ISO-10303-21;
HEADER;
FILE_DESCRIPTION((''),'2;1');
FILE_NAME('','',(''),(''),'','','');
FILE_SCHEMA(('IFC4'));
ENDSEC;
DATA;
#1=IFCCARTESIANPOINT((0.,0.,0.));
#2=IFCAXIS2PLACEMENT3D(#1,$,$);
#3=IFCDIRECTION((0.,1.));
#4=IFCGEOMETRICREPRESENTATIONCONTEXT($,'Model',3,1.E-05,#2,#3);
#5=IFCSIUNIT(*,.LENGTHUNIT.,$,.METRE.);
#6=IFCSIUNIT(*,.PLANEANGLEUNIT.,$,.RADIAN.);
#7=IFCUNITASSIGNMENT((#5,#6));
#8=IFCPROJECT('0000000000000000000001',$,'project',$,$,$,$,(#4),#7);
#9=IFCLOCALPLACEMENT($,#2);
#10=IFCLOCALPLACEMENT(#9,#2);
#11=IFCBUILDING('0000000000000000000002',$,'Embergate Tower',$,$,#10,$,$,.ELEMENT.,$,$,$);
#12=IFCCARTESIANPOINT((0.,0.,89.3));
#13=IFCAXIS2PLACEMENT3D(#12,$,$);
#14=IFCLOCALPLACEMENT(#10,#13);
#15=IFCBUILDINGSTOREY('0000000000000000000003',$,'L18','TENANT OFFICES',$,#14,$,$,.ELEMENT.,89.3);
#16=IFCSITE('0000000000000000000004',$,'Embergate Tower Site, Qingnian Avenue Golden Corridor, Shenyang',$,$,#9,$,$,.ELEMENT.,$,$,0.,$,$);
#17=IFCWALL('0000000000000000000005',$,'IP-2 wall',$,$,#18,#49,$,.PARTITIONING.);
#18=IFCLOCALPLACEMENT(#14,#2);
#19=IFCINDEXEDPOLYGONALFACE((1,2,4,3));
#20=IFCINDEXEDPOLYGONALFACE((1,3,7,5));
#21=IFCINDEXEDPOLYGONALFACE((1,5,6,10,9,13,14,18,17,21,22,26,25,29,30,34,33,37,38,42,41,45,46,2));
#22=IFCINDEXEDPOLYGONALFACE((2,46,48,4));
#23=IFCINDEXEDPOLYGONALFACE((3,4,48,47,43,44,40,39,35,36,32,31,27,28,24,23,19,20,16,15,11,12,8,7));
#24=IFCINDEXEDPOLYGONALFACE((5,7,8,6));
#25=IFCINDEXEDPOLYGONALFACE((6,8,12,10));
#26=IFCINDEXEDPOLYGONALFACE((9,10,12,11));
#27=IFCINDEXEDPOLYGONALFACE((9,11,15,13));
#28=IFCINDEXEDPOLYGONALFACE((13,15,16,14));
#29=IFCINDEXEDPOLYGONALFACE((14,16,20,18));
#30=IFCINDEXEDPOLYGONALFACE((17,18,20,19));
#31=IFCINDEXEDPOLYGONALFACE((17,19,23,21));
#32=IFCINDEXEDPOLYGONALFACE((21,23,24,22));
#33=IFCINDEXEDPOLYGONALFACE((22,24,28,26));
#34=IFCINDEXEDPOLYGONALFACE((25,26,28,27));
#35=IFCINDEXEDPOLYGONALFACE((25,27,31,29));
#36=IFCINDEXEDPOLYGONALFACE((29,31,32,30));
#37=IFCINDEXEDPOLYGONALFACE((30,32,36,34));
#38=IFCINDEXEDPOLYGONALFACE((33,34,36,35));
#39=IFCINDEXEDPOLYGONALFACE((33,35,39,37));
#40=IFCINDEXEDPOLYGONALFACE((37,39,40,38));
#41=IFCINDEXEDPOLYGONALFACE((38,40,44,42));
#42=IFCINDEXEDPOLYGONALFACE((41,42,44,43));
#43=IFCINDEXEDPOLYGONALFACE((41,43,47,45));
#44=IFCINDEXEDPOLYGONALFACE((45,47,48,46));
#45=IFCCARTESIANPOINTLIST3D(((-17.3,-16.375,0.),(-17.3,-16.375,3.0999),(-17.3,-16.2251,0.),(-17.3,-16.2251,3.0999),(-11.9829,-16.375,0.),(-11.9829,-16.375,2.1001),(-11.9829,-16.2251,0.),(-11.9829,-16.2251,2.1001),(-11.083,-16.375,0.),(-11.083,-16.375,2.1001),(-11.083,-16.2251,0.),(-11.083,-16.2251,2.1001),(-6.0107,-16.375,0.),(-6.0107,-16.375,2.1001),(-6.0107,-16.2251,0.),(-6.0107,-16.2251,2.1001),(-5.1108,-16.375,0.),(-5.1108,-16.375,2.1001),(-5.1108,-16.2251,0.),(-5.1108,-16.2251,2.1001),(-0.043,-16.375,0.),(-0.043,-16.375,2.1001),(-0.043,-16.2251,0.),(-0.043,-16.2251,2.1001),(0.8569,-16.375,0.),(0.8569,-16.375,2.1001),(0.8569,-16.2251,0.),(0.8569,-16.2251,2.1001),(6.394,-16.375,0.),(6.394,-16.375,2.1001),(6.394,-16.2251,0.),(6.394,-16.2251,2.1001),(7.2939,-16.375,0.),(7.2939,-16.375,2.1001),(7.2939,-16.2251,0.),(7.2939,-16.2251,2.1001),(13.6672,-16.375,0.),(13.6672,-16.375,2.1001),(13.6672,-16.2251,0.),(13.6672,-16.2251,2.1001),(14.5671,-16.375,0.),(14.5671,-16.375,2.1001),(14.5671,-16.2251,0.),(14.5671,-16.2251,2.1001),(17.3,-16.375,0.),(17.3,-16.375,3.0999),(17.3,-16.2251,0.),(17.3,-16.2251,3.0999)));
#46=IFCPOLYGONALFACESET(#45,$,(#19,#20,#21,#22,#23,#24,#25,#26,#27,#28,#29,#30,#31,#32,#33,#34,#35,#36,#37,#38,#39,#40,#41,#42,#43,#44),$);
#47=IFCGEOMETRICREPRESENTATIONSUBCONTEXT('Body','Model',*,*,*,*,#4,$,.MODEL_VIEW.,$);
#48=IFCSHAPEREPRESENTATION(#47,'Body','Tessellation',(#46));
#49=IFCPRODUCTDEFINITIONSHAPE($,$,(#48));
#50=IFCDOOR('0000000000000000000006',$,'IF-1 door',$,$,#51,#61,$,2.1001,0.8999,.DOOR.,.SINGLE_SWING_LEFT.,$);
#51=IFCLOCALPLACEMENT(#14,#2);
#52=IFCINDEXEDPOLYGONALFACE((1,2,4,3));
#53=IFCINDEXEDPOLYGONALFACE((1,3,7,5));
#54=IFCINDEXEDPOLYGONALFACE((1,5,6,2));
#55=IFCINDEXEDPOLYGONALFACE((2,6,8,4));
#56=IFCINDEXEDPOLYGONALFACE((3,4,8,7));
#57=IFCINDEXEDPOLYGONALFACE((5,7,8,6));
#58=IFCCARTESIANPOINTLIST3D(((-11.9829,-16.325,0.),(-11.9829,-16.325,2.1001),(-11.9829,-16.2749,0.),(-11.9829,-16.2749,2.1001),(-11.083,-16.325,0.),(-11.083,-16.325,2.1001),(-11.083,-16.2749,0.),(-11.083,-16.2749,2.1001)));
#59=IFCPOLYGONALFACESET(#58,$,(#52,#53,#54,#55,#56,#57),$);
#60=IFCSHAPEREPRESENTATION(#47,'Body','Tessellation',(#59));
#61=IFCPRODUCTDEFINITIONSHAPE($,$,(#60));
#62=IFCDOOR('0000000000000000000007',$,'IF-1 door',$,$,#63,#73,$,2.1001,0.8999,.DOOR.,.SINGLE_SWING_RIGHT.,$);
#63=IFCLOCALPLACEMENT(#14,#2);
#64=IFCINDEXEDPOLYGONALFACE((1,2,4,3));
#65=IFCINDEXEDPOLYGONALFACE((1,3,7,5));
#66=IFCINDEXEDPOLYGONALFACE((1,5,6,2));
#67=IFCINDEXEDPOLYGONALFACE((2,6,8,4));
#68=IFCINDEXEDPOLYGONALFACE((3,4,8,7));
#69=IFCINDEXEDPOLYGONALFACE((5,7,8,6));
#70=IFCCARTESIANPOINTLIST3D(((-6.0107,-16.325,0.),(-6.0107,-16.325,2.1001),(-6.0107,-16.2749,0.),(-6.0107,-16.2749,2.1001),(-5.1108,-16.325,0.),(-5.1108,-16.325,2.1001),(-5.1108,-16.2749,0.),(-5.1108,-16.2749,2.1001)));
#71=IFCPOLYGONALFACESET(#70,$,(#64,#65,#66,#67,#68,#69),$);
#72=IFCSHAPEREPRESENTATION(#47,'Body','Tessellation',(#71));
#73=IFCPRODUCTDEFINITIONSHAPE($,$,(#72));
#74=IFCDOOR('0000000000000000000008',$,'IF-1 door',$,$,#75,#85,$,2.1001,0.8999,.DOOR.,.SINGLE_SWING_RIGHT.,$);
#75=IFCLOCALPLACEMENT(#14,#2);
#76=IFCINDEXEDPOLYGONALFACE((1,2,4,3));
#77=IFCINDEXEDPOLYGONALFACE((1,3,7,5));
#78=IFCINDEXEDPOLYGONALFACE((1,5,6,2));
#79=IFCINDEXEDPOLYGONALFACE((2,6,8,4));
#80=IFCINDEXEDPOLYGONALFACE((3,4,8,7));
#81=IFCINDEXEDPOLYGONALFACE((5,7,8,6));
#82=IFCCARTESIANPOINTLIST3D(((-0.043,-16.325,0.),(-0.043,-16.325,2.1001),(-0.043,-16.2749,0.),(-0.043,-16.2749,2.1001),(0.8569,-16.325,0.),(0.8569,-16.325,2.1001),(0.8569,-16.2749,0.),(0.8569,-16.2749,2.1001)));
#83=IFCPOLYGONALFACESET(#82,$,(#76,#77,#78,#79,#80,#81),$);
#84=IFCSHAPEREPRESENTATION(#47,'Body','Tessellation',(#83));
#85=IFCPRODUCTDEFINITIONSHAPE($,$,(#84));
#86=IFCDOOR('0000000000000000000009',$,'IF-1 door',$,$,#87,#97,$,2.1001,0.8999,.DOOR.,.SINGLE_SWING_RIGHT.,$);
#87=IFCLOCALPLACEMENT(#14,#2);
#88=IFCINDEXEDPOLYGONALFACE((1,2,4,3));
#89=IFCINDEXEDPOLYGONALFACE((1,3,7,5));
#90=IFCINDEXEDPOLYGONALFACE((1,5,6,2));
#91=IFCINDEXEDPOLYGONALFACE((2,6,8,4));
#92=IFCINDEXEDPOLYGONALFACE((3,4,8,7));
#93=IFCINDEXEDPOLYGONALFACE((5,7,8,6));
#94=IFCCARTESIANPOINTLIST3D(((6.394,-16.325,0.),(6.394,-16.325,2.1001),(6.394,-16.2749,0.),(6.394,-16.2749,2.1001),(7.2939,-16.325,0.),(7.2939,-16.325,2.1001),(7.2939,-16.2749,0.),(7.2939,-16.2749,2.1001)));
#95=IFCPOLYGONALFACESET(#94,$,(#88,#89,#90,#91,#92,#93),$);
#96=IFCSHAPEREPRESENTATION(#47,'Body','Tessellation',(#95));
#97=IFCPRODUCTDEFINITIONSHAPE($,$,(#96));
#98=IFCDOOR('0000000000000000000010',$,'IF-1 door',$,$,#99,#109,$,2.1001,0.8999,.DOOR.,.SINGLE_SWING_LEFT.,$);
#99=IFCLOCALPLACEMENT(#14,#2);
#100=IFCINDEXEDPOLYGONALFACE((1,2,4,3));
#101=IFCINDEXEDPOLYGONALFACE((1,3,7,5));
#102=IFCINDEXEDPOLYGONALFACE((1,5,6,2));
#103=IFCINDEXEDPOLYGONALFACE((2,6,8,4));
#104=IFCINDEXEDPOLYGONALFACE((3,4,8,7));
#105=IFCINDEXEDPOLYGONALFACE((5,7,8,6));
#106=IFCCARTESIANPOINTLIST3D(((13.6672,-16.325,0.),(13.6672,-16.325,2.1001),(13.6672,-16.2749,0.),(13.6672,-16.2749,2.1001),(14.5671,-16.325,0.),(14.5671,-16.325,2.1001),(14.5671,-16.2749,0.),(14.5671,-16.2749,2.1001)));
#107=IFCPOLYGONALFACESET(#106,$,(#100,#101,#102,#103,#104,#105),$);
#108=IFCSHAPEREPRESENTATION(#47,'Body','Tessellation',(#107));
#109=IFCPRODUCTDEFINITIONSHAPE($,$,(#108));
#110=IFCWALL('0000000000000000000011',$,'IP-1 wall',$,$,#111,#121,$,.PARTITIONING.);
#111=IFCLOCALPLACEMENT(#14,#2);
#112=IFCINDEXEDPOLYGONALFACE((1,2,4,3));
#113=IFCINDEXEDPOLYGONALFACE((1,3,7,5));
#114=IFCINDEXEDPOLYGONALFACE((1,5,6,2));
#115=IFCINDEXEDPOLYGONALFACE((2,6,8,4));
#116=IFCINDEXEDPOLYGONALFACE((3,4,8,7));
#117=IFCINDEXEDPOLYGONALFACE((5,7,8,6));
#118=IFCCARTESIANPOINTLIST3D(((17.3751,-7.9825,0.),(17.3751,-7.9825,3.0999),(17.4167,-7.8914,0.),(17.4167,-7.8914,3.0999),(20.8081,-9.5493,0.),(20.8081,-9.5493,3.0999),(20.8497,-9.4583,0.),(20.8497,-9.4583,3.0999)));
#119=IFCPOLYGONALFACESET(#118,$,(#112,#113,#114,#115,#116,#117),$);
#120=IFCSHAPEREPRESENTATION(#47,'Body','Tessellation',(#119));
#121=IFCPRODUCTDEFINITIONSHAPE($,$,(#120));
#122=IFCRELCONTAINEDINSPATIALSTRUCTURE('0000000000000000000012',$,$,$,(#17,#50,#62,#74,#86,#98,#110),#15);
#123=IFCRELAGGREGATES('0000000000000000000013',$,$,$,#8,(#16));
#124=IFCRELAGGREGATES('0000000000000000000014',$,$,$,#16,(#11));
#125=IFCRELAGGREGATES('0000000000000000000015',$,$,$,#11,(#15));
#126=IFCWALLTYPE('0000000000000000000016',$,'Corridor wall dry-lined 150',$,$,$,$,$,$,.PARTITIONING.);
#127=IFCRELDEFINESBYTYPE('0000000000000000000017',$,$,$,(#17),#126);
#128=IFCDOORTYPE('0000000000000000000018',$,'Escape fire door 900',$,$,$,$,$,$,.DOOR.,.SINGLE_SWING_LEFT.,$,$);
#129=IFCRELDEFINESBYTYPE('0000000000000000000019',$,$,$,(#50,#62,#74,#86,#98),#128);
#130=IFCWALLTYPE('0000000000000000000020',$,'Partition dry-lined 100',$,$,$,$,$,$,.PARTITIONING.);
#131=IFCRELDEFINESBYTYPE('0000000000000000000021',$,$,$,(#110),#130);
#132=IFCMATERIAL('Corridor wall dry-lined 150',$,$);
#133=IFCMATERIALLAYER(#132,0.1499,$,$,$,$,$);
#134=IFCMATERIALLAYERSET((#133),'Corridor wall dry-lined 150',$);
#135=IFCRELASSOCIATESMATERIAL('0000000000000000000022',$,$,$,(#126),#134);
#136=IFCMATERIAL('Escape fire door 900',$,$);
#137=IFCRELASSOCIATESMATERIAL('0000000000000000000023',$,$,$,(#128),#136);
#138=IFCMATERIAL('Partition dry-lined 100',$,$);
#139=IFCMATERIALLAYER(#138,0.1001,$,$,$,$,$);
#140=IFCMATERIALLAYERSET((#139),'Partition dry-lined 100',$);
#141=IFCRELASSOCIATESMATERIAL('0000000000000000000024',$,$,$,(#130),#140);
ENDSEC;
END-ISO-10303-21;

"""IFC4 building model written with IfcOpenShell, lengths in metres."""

from ifc_helpers import new_model, si_unit, direction, frame, frame_2d, origin, place, context, subcontext, project, spatial, rectangle, extrude, source, transform, mapped, material, layer, layer_set, type_object, element, fill, save


model = new_model("IFC4")

# Units and contexts
model_context = context("Model", 3, precision=1e-05, world=origin(), true_north=direction((0.0, 1.0)))
body_context = subcontext(model_context, "Body", "Model", "MODEL_VIEW")
ifc_project = project(units=[si_unit("LENGTHUNIT", "METRE"), si_unit("PLANEANGLEUNIT", "RADIAN")], contexts=[model_context])

# Site, building, storey
site_placement = place(None, origin())
site = spatial("IfcSite", under=ifc_project, at=site_placement, Name="Embergate Tower Site, Qingnian Avenue Golden Corridor, Shenyang", CompositionType="ELEMENT", RefElevation=0.0)
building_placement = place(site_placement, origin())
building = spatial("IfcBuilding", under=site, at=building_placement, Name="Embergate Tower", CompositionType="ELEMENT")
storey_placement = place(building_placement, frame((0.0, 0.0, 89.3)))
storey = spatial("IfcBuildingStorey", under=building, at=storey_placement, Name="L18", Description="TENANT OFFICES", CompositionType="ELEMENT", Elevation=89.3)

# Wall, openings, doors
ifc_material_1 = material(Name="Corridor wall dry-lined 150")
ifc_layer_1 = layer(ifc_material_1, 0.1499)
ifc_layer_set_1 = layer_set([ifc_layer_1], Name="Corridor wall dry-lined 150")
wall_type_1 = type_object("IfcWallType", Name="Corridor wall dry-lined 150", PredefinedType="PARTITIONING", material=ifc_layer_set_1)
shared_shape_1 = source(origin(), body_context, "Body", "SweptSolid", [
    extrude(rectangle(XDim=34.6001, YDim=0.1499, at=frame_2d((17.3, 0.0))), origin(), (0.0, 0.0, 1.0), 3.0999),
])
wall_1_placement = place(storey_placement, frame((17.3, -16.3, 0.0), z_axis=(0.0, 0.0, 1.0), x_axis=(-1.0, 0.0, 0.0)))
wall_1 = element("IfcWall", 1, at=wall_1_placement, inside=storey, type_object=wall_type_1, Name="IP-2 wall", PredefinedType="PARTITIONING", context=body_context, shape_type="MappedRepresentation", body=[
    mapped(shared_shape_1, transform((0.0, 0.0, 0.0))),
])
shared_shape_2 = source(origin(), body_context, "Body", "SweptSolid", [
    extrude(rectangle(XDim=0.8999, YDim=2.1001, at=frame_2d((0.45, 1.05))), frame((0.0, 0.085, 0.0), z_axis=(0.0, -1.0, 0.0), x_axis=(1.0, 0.0, 0.0)), (0.0, 0.0, 1.0), 0.1699),
])
opening_1_placement = place(wall_1_placement, frame((28.3831, 0.0, 0.0)))
opening_1 = element("IfcOpeningElement", 2, at=opening_1_placement, cuts=wall_1, PredefinedType="OPENING", context=body_context, shape_type="MappedRepresentation", body=[
    mapped(shared_shape_2, transform((0.0, 0.0, 0.0))),
])
opening_2_placement = place(wall_1_placement, frame((22.4109, 0.0, 0.0)))
opening_2 = element("IfcOpeningElement", 3, at=opening_2_placement, cuts=wall_1, PredefinedType="OPENING", context=body_context, shape_type="MappedRepresentation", body=[
    mapped(shared_shape_2, transform((0.0, 0.0, 0.0))),
])
opening_3_placement = place(wall_1_placement, frame((16.4431, 0.0, 0.0)))
opening_3 = element("IfcOpeningElement", 4, at=opening_3_placement, cuts=wall_1, PredefinedType="OPENING", context=body_context, shape_type="MappedRepresentation", body=[
    mapped(shared_shape_2, transform((0.0, 0.0, 0.0))),
])
opening_4_placement = place(wall_1_placement, frame((10.0061, 0.0, 0.0)))
opening_4 = element("IfcOpeningElement", 5, at=opening_4_placement, cuts=wall_1, PredefinedType="OPENING", context=body_context, shape_type="MappedRepresentation", body=[
    mapped(shared_shape_2, transform((0.0, 0.0, 0.0))),
])
opening_5_placement = place(wall_1_placement, frame((2.7329, 0.0, 0.0)))
opening_5 = element("IfcOpeningElement", 6, at=opening_5_placement, cuts=wall_1, PredefinedType="OPENING", context=body_context, shape_type="MappedRepresentation", body=[
    mapped(shared_shape_2, transform((0.0, 0.0, 0.0))),
])
ifc_material_2 = material(Name="Escape fire door 900")
door_type = type_object("IfcDoorType", Name="Escape fire door 900", OperationType="SINGLE_SWING_LEFT", PredefinedType="DOOR", material=ifc_material_2)
shared_shape_3 = source(origin(), body_context, "Body", "SweptSolid", [
    extrude(rectangle(XDim=0.8999, YDim=2.1001, at=frame_2d((0.45, 1.05))), frame((0.0, 0.0249, 0.0), z_axis=(0.0, -1.0, 0.0), x_axis=(1.0, 0.0, 0.0)), (0.0, 0.0, 1.0), 0.05),
])
door_1_placement = place(opening_1_placement, origin())
door_1 = element("IfcDoor", 7, at=door_1_placement, inside=storey, type_object=door_type, Name="IF-1 door", OperationType="SINGLE_SWING_LEFT", OverallHeight=2.1001, OverallWidth=0.8999, PredefinedType="DOOR", context=body_context, shape_type="MappedRepresentation", body=[
    mapped(shared_shape_3, transform((0.0, 0.0, 0.0))),
])
fill(opening_1, door_1)
door_2_placement = place(opening_2_placement, origin())
door_2 = element("IfcDoor", 8, at=door_2_placement, inside=storey, type_object=door_type, Name="IF-1 door", OperationType="SINGLE_SWING_RIGHT", OverallHeight=2.1001, OverallWidth=0.8999, PredefinedType="DOOR", context=body_context, shape_type="MappedRepresentation", body=[
    mapped(shared_shape_3, transform((0.0, 0.0, 0.0))),
])
fill(opening_2, door_2)
door_3_placement = place(opening_3_placement, origin())
door_3 = element("IfcDoor", 9, at=door_3_placement, inside=storey, type_object=door_type, Name="IF-1 door", OperationType="SINGLE_SWING_RIGHT", OverallHeight=2.1001, OverallWidth=0.8999, PredefinedType="DOOR", context=body_context, shape_type="MappedRepresentation", body=[
    mapped(shared_shape_3, transform((0.0, 0.0, 0.0))),
])
fill(opening_3, door_3)
door_4_placement = place(opening_4_placement, origin())
door_4 = element("IfcDoor", 10, at=door_4_placement, inside=storey, type_object=door_type, Name="IF-1 door", OperationType="SINGLE_SWING_RIGHT", OverallHeight=2.1001, OverallWidth=0.8999, PredefinedType="DOOR", context=body_context, shape_type="MappedRepresentation", body=[
    mapped(shared_shape_3, transform((0.0, 0.0, 0.0))),
])
fill(opening_4, door_4)
door_5_placement = place(opening_5_placement, origin())
door_5 = element("IfcDoor", 11, at=door_5_placement, inside=storey, type_object=door_type, Name="IF-1 door", OperationType="SINGLE_SWING_LEFT", OverallHeight=2.1001, OverallWidth=0.8999, PredefinedType="DOOR", context=body_context, shape_type="MappedRepresentation", body=[
    mapped(shared_shape_3, transform((0.0, 0.0, 0.0))),
])
fill(opening_5, door_5)

# Wall
ifc_material_3 = material(Name="Partition dry-lined 100")
ifc_layer_2 = layer(ifc_material_3, 0.1001)
ifc_layer_set_2 = layer_set([ifc_layer_2], Name="Partition dry-lined 100")
wall_type_2 = type_object("IfcWallType", Name="Partition dry-lined 100", PredefinedType="PARTITIONING", material=ifc_layer_set_2)
shared_shape_4 = source(origin(), body_context, "Body", "SweptSolid", [
    extrude(rectangle(XDim=3.7737, YDim=0.1001, at=frame_2d((1.8867, 0.0))), origin(), (0.0, 0.0, 1.0), 3.0999),
])
wall_2_placement = place(storey_placement, frame((17.396, -7.937, 0.0), z_axis=(0.0, 0.0, 1.0), x_axis=(0.909727, -0.415206, 0.0)))
element("IfcWall", 12, at=wall_2_placement, inside=storey, type_object=wall_type_2, Name="IP-1 wall", PredefinedType="PARTITIONING", context=body_context, shape_type="MappedRepresentation", body=[
    mapped(shared_shape_4, transform((0.0, 0.0, 0.0))),
])

save(model, "model.ifc")
